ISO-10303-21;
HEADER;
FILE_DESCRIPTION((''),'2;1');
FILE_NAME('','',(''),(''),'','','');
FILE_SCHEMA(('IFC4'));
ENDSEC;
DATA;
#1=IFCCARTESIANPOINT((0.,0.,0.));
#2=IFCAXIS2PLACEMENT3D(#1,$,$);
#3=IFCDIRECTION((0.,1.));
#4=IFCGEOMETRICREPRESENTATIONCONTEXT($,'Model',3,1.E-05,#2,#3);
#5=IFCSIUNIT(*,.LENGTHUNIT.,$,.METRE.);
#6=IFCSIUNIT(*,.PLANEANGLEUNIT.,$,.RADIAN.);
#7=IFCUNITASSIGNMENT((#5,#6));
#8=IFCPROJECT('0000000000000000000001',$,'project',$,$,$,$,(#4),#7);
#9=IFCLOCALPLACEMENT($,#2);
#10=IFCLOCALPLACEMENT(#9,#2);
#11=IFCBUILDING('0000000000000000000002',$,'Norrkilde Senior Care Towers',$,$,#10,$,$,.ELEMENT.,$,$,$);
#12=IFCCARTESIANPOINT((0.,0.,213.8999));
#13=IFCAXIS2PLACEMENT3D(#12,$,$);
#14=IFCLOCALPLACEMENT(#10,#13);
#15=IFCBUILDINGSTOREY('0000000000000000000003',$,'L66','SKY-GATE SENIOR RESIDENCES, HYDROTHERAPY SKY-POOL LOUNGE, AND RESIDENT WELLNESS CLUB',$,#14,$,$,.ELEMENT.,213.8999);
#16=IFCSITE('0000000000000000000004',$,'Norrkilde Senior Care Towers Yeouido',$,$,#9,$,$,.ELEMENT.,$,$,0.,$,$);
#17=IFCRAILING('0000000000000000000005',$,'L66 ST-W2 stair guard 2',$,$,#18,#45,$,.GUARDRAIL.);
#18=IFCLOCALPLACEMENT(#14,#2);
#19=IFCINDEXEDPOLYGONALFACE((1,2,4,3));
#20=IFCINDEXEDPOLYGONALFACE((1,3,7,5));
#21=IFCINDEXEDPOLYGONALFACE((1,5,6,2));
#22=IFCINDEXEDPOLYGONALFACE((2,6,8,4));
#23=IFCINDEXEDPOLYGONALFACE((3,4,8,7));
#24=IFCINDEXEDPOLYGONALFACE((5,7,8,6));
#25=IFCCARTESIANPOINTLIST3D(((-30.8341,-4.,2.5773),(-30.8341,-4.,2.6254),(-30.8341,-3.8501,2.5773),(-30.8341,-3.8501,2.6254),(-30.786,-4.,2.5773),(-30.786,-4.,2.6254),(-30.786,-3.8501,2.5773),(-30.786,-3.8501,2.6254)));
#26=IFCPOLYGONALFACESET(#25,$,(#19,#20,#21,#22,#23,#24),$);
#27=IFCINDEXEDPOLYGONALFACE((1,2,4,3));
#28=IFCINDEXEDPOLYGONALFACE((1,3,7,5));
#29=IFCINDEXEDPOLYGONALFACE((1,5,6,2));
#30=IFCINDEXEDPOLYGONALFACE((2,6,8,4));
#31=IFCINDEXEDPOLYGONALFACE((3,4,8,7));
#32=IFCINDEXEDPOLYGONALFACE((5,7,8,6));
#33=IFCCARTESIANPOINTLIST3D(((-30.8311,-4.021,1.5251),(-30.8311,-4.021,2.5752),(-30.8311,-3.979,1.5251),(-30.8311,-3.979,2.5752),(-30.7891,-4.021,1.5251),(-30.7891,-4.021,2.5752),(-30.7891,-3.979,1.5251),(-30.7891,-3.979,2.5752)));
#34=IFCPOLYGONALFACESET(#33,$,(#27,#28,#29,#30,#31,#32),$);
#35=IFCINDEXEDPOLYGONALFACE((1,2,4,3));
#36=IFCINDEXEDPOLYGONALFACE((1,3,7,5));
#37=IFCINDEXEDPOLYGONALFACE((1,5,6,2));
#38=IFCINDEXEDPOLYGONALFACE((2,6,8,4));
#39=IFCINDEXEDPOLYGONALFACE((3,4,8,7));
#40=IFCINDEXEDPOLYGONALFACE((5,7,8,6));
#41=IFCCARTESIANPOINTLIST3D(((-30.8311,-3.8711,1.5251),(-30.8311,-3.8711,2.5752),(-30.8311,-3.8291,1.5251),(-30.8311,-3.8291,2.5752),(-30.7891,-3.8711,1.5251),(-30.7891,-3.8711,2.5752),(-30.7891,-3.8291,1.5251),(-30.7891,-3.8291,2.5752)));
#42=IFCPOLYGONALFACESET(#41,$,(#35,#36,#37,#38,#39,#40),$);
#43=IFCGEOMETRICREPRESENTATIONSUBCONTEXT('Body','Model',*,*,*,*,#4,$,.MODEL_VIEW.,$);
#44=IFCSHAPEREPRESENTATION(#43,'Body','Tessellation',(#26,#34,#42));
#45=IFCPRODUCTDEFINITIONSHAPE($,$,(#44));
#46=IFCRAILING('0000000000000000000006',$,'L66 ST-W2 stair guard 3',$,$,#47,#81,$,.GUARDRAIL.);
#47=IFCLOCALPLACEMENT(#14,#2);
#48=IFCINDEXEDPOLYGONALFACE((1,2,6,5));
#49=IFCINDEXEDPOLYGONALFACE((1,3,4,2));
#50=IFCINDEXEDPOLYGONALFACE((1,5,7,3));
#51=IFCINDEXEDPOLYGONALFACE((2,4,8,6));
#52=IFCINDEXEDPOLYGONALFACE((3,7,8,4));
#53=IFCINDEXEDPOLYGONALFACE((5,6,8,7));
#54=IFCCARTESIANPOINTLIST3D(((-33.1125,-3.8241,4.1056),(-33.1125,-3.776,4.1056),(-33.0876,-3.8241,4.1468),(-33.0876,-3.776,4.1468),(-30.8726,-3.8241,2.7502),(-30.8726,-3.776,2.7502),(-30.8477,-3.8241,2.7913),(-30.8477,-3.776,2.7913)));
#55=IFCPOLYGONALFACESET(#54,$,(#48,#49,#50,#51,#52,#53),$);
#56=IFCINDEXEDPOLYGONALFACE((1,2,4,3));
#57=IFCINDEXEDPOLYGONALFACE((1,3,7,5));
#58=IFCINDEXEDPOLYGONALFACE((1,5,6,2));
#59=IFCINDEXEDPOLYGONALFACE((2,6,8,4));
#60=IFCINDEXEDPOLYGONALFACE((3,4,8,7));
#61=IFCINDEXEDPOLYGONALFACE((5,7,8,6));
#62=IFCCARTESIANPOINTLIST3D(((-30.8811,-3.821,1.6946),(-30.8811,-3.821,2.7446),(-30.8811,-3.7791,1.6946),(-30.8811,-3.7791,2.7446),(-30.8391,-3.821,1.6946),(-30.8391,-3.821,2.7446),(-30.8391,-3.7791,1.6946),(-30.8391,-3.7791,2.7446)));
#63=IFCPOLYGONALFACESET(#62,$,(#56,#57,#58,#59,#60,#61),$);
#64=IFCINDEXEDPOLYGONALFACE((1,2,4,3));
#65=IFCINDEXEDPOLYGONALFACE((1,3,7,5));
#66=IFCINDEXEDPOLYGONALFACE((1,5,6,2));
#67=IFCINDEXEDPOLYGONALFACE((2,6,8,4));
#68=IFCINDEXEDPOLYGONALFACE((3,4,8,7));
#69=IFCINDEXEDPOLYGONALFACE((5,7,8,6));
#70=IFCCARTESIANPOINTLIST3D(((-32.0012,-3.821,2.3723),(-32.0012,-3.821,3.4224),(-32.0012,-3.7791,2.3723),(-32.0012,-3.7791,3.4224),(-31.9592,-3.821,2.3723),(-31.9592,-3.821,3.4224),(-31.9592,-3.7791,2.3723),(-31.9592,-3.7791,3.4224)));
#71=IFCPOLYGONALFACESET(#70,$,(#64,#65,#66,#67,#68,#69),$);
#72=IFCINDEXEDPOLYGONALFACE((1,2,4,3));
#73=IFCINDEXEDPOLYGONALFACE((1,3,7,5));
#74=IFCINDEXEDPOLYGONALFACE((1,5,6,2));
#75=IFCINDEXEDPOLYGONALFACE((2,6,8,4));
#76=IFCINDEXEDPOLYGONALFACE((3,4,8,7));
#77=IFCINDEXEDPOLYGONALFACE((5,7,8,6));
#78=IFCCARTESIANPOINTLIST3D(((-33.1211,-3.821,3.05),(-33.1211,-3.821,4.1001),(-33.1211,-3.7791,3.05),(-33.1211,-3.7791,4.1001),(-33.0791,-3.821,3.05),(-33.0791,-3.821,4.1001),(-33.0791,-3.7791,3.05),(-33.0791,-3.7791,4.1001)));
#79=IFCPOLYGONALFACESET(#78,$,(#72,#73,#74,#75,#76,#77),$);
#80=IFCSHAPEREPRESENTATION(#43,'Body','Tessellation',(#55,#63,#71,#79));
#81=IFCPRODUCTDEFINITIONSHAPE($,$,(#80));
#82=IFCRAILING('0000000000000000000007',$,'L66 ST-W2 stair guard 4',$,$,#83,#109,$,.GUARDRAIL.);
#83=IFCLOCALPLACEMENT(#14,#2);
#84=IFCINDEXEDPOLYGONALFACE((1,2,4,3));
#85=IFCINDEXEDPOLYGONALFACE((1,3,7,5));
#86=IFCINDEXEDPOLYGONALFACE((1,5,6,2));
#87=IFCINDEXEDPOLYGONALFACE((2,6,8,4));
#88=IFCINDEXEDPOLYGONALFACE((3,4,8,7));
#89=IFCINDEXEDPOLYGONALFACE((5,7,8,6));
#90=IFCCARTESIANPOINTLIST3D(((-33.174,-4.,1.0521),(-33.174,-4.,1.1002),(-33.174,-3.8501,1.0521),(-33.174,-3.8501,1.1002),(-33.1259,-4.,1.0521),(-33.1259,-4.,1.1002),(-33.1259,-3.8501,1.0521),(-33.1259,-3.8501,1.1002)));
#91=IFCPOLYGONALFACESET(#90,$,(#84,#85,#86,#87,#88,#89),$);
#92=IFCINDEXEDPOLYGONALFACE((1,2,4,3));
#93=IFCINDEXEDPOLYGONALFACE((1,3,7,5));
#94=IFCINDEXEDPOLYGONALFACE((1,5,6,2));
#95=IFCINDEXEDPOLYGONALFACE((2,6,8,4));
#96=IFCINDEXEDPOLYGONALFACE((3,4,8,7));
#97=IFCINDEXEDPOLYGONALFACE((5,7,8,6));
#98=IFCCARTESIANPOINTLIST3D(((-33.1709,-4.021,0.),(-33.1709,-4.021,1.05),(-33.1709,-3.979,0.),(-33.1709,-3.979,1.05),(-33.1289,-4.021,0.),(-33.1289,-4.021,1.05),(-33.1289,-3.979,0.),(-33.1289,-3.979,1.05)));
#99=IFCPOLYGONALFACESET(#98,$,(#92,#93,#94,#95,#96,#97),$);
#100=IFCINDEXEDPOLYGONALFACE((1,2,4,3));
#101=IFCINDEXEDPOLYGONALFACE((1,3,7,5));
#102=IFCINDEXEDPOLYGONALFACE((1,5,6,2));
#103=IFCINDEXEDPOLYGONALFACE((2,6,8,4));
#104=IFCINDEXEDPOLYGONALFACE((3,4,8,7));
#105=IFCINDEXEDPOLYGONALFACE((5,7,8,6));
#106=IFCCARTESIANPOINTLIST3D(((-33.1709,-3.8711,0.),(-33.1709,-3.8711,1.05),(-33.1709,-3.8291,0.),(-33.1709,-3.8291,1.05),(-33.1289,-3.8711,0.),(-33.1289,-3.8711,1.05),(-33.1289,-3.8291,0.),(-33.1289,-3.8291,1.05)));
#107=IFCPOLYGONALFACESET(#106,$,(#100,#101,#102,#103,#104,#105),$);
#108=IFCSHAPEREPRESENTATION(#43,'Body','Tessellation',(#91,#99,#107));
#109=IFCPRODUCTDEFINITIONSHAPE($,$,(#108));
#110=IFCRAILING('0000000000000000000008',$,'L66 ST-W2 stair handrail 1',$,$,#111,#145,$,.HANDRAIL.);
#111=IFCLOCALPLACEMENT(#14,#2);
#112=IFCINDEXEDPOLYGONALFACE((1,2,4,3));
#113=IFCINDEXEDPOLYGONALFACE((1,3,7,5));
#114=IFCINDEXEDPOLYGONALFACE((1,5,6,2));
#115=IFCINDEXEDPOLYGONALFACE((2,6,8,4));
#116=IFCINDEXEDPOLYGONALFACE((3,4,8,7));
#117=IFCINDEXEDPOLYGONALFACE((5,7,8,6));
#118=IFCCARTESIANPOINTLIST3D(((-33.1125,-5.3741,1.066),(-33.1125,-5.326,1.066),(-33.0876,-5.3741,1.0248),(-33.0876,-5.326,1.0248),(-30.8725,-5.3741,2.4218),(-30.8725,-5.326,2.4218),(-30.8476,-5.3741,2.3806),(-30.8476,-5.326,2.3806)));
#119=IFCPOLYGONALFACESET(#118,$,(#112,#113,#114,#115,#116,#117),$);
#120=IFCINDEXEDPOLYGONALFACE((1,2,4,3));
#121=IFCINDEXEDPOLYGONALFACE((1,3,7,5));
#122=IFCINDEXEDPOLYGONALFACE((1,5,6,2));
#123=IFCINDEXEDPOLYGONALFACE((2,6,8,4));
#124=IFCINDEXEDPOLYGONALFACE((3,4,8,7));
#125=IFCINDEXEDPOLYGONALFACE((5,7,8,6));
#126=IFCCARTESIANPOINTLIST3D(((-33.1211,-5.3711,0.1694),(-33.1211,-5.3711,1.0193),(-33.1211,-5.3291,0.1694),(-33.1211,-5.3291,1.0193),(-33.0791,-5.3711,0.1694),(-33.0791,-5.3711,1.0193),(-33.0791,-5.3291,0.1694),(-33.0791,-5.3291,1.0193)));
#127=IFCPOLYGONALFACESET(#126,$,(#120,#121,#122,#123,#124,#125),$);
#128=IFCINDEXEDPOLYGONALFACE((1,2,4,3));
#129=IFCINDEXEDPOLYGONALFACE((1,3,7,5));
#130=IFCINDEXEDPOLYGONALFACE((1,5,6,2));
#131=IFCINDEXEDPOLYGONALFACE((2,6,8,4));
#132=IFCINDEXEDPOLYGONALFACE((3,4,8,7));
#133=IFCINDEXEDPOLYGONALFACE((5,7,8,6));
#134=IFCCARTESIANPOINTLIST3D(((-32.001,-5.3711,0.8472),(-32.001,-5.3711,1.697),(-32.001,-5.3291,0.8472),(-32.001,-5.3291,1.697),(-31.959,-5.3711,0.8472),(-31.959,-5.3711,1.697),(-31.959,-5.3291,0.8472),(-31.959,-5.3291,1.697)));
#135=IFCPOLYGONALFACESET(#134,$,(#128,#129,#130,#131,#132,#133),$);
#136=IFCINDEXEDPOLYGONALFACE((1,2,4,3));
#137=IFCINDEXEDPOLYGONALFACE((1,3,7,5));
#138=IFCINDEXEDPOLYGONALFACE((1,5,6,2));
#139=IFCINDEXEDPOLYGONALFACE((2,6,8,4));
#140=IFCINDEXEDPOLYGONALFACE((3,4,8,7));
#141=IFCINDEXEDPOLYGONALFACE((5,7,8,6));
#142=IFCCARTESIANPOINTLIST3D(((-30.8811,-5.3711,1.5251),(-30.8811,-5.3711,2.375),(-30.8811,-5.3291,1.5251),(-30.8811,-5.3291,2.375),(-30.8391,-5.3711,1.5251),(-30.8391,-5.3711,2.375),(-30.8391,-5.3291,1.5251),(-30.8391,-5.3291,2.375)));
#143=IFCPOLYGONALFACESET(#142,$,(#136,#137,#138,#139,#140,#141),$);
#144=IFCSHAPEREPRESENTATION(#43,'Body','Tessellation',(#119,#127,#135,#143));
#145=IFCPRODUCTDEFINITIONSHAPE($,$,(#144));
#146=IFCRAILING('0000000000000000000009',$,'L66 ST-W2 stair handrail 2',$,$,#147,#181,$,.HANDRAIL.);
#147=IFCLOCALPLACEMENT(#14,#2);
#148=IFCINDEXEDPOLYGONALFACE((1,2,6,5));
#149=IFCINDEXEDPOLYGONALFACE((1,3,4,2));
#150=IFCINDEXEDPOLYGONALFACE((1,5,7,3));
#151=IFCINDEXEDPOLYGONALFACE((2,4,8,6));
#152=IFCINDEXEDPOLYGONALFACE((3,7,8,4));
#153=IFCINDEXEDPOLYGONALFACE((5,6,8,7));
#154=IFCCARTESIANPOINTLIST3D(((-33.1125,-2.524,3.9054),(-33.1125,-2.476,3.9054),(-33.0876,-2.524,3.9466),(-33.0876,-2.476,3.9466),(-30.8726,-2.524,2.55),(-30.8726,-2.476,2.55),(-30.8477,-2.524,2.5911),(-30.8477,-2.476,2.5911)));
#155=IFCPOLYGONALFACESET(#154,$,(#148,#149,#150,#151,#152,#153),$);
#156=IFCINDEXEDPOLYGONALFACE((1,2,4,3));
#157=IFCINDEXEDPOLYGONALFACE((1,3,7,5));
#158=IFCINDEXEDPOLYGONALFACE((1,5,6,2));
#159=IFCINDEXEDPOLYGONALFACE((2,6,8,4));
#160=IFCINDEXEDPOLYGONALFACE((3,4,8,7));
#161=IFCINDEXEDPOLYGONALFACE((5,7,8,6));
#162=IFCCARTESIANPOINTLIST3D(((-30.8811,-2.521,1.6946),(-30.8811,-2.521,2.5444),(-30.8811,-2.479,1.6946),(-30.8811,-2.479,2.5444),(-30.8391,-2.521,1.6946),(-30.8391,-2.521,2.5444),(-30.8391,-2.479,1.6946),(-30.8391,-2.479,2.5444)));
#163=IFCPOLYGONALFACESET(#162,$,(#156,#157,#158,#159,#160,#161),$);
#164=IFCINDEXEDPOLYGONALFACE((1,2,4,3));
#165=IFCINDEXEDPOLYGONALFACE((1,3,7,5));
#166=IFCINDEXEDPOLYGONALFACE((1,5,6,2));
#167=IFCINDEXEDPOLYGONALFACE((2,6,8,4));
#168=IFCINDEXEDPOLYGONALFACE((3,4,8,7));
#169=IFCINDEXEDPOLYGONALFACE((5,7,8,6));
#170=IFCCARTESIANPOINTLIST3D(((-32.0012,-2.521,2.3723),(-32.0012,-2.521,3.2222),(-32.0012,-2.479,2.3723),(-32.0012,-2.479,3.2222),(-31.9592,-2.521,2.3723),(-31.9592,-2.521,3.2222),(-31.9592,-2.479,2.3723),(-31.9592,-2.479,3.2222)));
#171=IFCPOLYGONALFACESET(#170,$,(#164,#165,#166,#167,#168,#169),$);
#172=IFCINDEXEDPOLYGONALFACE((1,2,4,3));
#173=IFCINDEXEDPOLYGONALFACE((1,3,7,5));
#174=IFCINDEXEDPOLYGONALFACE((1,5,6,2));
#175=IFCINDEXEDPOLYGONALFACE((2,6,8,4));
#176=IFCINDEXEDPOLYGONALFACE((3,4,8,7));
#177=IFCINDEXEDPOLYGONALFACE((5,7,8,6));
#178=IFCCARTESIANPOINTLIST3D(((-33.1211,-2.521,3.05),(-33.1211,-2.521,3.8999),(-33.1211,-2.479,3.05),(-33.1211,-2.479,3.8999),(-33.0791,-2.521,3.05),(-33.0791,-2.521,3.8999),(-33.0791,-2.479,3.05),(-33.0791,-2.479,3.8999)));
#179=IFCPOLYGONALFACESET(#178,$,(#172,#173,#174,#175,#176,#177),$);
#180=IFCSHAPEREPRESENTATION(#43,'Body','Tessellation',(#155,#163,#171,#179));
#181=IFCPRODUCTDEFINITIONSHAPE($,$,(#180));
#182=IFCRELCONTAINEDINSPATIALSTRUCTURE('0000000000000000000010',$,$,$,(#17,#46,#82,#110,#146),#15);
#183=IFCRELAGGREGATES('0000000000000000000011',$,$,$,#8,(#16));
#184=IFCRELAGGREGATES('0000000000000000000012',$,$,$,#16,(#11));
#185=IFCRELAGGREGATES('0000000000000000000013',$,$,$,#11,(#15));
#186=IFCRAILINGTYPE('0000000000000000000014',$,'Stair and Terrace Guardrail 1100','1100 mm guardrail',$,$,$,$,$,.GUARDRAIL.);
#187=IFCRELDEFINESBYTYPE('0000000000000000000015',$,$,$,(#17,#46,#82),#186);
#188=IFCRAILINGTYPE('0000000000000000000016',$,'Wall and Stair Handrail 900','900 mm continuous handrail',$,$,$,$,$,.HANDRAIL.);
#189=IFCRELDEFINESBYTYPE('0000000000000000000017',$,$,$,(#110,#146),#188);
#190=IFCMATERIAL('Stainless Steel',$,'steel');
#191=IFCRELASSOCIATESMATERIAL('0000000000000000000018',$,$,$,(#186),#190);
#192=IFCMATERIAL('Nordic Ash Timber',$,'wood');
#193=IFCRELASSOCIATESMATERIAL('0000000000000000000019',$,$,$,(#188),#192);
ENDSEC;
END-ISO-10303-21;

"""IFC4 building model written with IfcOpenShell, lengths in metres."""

from ifc_helpers import new_model, si_unit, direction, frame, origin, origin_2d, place, context, subcontext, project, spatial, rectangle, extrude, material, type_object, element, save


model = new_model("IFC4")

# Units and contexts
model_context = context("Model", 3, precision=1e-05, world=origin(), true_north=direction((0.0, 1.0)))
body_context = subcontext(model_context, "Body", "Model", "MODEL_VIEW")
ifc_project = project(units=[si_unit("LENGTHUNIT", "METRE"), si_unit("PLANEANGLEUNIT", "RADIAN")], contexts=[model_context])

# Site, building, storey
site_placement = place(None, origin())
site = spatial("IfcSite", under=ifc_project, at=site_placement, Name="Norrkilde Senior Care Towers Yeouido", CompositionType="ELEMENT", RefElevation=0.0)
building_placement = place(site_placement, origin())
building = spatial("IfcBuilding", under=site, at=building_placement, Name="Norrkilde Senior Care Towers", CompositionType="ELEMENT")
storey_placement = place(building_placement, frame((0.0, 0.0, 213.8999)))
storey = spatial("IfcBuildingStorey", under=building, at=storey_placement, Name="L66", Description="SKY-GATE SENIOR RESIDENCES, HYDROTHERAPY SKY-POOL LOUNGE, AND RESIDENT WELLNESS CLUB", CompositionType="ELEMENT", Elevation=213.8999)

# Shared definitions
ifc_material_1 = material(Name="Stainless Steel", Category="steel")

# Shared definitions
ifc_material_2 = material(Name="Nordic Ash Timber", Category="wood")

# Railings
railing_type_1 = type_object("IfcRailingType", Name="Stair and Terrace Guardrail 1100", Description="1100 mm guardrail", PredefinedType="GUARDRAIL", material=ifc_material_1)
railing_1_placement = place(storey_placement, frame((-30.8101, -4.0, 1.5251)))
element("IfcRailing", 1, at=railing_1_placement, inside=storey, type_object=railing_type_1, Name="L66 ST-W2 stair guard 2", PredefinedType="GUARDRAIL", context=body_context, shape_type="SweptSolid", body=[
    extrude(rectangle(XDim=0.0481, YDim=0.0481, at=origin_2d()), frame((0.0, 0.0, 1.0762), z_axis=(0.0, 1.0, 0.0), x_axis=(-1.0, 0.0, 0.0)), (0.0, 0.0, 1.0), 0.1499),
    extrude(rectangle(XDim=0.042, YDim=0.042, at=origin_2d()), origin(), (0.0, 0.0, 1.0), 1.05),
    extrude(rectangle(XDim=0.042, YDim=0.042, at=origin_2d()), frame((0.0, 0.1499, 0.0)), (0.0, 0.0, 1.0), 1.05),
])
railing_2_placement = place(storey_placement, frame((-30.8601, -3.8, 1.6946)))
element("IfcRailing", 2, at=railing_2_placement, inside=storey, type_object=railing_type_1, Name="L66 ST-W2 stair guard 3", PredefinedType="GUARDRAIL", context=body_context, shape_type="SweptSolid", body=[
    extrude(rectangle(XDim=0.0481, YDim=0.0481, at=origin_2d()), frame((0.0, 0.0, 1.0762), z_axis=(-0.855553, 0.0, 0.517715), x_axis=(0.0, -1.0, 0.0)), (0.0, 0.0, 1.0), 2.6182),
    extrude(rectangle(XDim=0.042, YDim=0.042, at=origin_2d()), origin(), (0.0, 0.0, 1.0), 1.05),
    extrude(rectangle(XDim=0.042, YDim=0.042, at=origin_2d()), frame((-1.1201, 0.0, 0.6777)), (0.0, 0.0, 1.0), 1.05),
    extrude(rectangle(XDim=0.042, YDim=0.042, at=origin_2d()), frame((-2.24, 0.0, 1.3555)), (0.0, 0.0, 1.0), 1.05),
])
railing_3_placement = place(storey_placement, frame((-33.1499, -4.0, 0.0)))
element("IfcRailing", 3, at=railing_3_placement, inside=storey, type_object=railing_type_1, Name="L66 ST-W2 stair guard 4", PredefinedType="GUARDRAIL", context=body_context, shape_type="SweptSolid", body=[
    extrude(rectangle(XDim=0.0481, YDim=0.0481, at=origin_2d()), frame((0.0, 0.0, 1.0762), z_axis=(0.0, 1.0, 0.0), x_axis=(-1.0, 0.0, 0.0)), (0.0, 0.0, 1.0), 0.1499),
    extrude(rectangle(XDim=0.042, YDim=0.042, at=origin_2d()), origin(), (0.0, 0.0, 1.0), 1.05),
    extrude(rectangle(XDim=0.042, YDim=0.042, at=origin_2d()), frame((0.0, 0.1499, 0.0)), (0.0, 0.0, 1.0), 1.05),
])
railing_type_2 = type_object("IfcRailingType", Name="Wall and Stair Handrail 900", Description="900 mm continuous handrail", PredefinedType="HANDRAIL", material=ifc_material_2)
railing_4_placement = place(storey_placement, frame((-33.1001, -5.3501, 0.1694)))
element("IfcRailing", 4, at=railing_4_placement, inside=storey, type_object=railing_type_2, Name="L66 ST-W2 stair handrail 1", PredefinedType="HANDRAIL", context=body_context, shape_type="SweptSolid", body=[
    extrude(rectangle(XDim=0.0481, YDim=0.0481, at=origin_2d()), frame((0.0, 0.0, 0.876), z_axis=(0.855512, 0.0, 0.517783), x_axis=(0.0, 1.0, 0.0)), (0.0, 0.0, 1.0), 2.6184),
    extrude(rectangle(XDim=0.042, YDim=0.042, at=origin_2d()), origin(), (0.0, 0.0, 1.0), 0.8499),
    extrude(rectangle(XDim=0.042, YDim=0.042, at=origin_2d()), frame((1.1201, 0.0, 0.6777)), (0.0, 0.0, 1.0), 0.8499),
    extrude(rectangle(XDim=0.042, YDim=0.042, at=origin_2d()), frame((2.24, 0.0, 1.3557)), (0.0, 0.0, 1.0), 0.8499),
])
railing_5_placement = place(storey_placement, frame((-30.8601, -2.5, 1.6946)))
element("IfcRailing", 5, at=railing_5_placement, inside=storey, type_object=railing_type_2, Name="L66 ST-W2 stair handrail 2", PredefinedType="HANDRAIL", context=body_context, shape_type="SweptSolid", body=[
    extrude(rectangle(XDim=0.0481, YDim=0.0481, at=origin_2d()), frame((0.0, 0.0, 0.876), z_axis=(-0.855553, 0.0, 0.517715), x_axis=(0.0, -1.0, 0.0)), (0.0, 0.0, 1.0), 2.6182),
    extrude(rectangle(XDim=0.042, YDim=0.042, at=origin_2d()), origin(), (0.0, 0.0, 1.0), 0.8499),
    extrude(rectangle(XDim=0.042, YDim=0.042, at=origin_2d()), frame((-1.1201, 0.0, 0.6777)), (0.0, 0.0, 1.0), 0.8499),
    extrude(rectangle(XDim=0.042, YDim=0.042, at=origin_2d()), frame((-2.24, 0.0, 1.3555)), (0.0, 0.0, 1.0), 0.8499),
])

save(model, "model.ifc")
